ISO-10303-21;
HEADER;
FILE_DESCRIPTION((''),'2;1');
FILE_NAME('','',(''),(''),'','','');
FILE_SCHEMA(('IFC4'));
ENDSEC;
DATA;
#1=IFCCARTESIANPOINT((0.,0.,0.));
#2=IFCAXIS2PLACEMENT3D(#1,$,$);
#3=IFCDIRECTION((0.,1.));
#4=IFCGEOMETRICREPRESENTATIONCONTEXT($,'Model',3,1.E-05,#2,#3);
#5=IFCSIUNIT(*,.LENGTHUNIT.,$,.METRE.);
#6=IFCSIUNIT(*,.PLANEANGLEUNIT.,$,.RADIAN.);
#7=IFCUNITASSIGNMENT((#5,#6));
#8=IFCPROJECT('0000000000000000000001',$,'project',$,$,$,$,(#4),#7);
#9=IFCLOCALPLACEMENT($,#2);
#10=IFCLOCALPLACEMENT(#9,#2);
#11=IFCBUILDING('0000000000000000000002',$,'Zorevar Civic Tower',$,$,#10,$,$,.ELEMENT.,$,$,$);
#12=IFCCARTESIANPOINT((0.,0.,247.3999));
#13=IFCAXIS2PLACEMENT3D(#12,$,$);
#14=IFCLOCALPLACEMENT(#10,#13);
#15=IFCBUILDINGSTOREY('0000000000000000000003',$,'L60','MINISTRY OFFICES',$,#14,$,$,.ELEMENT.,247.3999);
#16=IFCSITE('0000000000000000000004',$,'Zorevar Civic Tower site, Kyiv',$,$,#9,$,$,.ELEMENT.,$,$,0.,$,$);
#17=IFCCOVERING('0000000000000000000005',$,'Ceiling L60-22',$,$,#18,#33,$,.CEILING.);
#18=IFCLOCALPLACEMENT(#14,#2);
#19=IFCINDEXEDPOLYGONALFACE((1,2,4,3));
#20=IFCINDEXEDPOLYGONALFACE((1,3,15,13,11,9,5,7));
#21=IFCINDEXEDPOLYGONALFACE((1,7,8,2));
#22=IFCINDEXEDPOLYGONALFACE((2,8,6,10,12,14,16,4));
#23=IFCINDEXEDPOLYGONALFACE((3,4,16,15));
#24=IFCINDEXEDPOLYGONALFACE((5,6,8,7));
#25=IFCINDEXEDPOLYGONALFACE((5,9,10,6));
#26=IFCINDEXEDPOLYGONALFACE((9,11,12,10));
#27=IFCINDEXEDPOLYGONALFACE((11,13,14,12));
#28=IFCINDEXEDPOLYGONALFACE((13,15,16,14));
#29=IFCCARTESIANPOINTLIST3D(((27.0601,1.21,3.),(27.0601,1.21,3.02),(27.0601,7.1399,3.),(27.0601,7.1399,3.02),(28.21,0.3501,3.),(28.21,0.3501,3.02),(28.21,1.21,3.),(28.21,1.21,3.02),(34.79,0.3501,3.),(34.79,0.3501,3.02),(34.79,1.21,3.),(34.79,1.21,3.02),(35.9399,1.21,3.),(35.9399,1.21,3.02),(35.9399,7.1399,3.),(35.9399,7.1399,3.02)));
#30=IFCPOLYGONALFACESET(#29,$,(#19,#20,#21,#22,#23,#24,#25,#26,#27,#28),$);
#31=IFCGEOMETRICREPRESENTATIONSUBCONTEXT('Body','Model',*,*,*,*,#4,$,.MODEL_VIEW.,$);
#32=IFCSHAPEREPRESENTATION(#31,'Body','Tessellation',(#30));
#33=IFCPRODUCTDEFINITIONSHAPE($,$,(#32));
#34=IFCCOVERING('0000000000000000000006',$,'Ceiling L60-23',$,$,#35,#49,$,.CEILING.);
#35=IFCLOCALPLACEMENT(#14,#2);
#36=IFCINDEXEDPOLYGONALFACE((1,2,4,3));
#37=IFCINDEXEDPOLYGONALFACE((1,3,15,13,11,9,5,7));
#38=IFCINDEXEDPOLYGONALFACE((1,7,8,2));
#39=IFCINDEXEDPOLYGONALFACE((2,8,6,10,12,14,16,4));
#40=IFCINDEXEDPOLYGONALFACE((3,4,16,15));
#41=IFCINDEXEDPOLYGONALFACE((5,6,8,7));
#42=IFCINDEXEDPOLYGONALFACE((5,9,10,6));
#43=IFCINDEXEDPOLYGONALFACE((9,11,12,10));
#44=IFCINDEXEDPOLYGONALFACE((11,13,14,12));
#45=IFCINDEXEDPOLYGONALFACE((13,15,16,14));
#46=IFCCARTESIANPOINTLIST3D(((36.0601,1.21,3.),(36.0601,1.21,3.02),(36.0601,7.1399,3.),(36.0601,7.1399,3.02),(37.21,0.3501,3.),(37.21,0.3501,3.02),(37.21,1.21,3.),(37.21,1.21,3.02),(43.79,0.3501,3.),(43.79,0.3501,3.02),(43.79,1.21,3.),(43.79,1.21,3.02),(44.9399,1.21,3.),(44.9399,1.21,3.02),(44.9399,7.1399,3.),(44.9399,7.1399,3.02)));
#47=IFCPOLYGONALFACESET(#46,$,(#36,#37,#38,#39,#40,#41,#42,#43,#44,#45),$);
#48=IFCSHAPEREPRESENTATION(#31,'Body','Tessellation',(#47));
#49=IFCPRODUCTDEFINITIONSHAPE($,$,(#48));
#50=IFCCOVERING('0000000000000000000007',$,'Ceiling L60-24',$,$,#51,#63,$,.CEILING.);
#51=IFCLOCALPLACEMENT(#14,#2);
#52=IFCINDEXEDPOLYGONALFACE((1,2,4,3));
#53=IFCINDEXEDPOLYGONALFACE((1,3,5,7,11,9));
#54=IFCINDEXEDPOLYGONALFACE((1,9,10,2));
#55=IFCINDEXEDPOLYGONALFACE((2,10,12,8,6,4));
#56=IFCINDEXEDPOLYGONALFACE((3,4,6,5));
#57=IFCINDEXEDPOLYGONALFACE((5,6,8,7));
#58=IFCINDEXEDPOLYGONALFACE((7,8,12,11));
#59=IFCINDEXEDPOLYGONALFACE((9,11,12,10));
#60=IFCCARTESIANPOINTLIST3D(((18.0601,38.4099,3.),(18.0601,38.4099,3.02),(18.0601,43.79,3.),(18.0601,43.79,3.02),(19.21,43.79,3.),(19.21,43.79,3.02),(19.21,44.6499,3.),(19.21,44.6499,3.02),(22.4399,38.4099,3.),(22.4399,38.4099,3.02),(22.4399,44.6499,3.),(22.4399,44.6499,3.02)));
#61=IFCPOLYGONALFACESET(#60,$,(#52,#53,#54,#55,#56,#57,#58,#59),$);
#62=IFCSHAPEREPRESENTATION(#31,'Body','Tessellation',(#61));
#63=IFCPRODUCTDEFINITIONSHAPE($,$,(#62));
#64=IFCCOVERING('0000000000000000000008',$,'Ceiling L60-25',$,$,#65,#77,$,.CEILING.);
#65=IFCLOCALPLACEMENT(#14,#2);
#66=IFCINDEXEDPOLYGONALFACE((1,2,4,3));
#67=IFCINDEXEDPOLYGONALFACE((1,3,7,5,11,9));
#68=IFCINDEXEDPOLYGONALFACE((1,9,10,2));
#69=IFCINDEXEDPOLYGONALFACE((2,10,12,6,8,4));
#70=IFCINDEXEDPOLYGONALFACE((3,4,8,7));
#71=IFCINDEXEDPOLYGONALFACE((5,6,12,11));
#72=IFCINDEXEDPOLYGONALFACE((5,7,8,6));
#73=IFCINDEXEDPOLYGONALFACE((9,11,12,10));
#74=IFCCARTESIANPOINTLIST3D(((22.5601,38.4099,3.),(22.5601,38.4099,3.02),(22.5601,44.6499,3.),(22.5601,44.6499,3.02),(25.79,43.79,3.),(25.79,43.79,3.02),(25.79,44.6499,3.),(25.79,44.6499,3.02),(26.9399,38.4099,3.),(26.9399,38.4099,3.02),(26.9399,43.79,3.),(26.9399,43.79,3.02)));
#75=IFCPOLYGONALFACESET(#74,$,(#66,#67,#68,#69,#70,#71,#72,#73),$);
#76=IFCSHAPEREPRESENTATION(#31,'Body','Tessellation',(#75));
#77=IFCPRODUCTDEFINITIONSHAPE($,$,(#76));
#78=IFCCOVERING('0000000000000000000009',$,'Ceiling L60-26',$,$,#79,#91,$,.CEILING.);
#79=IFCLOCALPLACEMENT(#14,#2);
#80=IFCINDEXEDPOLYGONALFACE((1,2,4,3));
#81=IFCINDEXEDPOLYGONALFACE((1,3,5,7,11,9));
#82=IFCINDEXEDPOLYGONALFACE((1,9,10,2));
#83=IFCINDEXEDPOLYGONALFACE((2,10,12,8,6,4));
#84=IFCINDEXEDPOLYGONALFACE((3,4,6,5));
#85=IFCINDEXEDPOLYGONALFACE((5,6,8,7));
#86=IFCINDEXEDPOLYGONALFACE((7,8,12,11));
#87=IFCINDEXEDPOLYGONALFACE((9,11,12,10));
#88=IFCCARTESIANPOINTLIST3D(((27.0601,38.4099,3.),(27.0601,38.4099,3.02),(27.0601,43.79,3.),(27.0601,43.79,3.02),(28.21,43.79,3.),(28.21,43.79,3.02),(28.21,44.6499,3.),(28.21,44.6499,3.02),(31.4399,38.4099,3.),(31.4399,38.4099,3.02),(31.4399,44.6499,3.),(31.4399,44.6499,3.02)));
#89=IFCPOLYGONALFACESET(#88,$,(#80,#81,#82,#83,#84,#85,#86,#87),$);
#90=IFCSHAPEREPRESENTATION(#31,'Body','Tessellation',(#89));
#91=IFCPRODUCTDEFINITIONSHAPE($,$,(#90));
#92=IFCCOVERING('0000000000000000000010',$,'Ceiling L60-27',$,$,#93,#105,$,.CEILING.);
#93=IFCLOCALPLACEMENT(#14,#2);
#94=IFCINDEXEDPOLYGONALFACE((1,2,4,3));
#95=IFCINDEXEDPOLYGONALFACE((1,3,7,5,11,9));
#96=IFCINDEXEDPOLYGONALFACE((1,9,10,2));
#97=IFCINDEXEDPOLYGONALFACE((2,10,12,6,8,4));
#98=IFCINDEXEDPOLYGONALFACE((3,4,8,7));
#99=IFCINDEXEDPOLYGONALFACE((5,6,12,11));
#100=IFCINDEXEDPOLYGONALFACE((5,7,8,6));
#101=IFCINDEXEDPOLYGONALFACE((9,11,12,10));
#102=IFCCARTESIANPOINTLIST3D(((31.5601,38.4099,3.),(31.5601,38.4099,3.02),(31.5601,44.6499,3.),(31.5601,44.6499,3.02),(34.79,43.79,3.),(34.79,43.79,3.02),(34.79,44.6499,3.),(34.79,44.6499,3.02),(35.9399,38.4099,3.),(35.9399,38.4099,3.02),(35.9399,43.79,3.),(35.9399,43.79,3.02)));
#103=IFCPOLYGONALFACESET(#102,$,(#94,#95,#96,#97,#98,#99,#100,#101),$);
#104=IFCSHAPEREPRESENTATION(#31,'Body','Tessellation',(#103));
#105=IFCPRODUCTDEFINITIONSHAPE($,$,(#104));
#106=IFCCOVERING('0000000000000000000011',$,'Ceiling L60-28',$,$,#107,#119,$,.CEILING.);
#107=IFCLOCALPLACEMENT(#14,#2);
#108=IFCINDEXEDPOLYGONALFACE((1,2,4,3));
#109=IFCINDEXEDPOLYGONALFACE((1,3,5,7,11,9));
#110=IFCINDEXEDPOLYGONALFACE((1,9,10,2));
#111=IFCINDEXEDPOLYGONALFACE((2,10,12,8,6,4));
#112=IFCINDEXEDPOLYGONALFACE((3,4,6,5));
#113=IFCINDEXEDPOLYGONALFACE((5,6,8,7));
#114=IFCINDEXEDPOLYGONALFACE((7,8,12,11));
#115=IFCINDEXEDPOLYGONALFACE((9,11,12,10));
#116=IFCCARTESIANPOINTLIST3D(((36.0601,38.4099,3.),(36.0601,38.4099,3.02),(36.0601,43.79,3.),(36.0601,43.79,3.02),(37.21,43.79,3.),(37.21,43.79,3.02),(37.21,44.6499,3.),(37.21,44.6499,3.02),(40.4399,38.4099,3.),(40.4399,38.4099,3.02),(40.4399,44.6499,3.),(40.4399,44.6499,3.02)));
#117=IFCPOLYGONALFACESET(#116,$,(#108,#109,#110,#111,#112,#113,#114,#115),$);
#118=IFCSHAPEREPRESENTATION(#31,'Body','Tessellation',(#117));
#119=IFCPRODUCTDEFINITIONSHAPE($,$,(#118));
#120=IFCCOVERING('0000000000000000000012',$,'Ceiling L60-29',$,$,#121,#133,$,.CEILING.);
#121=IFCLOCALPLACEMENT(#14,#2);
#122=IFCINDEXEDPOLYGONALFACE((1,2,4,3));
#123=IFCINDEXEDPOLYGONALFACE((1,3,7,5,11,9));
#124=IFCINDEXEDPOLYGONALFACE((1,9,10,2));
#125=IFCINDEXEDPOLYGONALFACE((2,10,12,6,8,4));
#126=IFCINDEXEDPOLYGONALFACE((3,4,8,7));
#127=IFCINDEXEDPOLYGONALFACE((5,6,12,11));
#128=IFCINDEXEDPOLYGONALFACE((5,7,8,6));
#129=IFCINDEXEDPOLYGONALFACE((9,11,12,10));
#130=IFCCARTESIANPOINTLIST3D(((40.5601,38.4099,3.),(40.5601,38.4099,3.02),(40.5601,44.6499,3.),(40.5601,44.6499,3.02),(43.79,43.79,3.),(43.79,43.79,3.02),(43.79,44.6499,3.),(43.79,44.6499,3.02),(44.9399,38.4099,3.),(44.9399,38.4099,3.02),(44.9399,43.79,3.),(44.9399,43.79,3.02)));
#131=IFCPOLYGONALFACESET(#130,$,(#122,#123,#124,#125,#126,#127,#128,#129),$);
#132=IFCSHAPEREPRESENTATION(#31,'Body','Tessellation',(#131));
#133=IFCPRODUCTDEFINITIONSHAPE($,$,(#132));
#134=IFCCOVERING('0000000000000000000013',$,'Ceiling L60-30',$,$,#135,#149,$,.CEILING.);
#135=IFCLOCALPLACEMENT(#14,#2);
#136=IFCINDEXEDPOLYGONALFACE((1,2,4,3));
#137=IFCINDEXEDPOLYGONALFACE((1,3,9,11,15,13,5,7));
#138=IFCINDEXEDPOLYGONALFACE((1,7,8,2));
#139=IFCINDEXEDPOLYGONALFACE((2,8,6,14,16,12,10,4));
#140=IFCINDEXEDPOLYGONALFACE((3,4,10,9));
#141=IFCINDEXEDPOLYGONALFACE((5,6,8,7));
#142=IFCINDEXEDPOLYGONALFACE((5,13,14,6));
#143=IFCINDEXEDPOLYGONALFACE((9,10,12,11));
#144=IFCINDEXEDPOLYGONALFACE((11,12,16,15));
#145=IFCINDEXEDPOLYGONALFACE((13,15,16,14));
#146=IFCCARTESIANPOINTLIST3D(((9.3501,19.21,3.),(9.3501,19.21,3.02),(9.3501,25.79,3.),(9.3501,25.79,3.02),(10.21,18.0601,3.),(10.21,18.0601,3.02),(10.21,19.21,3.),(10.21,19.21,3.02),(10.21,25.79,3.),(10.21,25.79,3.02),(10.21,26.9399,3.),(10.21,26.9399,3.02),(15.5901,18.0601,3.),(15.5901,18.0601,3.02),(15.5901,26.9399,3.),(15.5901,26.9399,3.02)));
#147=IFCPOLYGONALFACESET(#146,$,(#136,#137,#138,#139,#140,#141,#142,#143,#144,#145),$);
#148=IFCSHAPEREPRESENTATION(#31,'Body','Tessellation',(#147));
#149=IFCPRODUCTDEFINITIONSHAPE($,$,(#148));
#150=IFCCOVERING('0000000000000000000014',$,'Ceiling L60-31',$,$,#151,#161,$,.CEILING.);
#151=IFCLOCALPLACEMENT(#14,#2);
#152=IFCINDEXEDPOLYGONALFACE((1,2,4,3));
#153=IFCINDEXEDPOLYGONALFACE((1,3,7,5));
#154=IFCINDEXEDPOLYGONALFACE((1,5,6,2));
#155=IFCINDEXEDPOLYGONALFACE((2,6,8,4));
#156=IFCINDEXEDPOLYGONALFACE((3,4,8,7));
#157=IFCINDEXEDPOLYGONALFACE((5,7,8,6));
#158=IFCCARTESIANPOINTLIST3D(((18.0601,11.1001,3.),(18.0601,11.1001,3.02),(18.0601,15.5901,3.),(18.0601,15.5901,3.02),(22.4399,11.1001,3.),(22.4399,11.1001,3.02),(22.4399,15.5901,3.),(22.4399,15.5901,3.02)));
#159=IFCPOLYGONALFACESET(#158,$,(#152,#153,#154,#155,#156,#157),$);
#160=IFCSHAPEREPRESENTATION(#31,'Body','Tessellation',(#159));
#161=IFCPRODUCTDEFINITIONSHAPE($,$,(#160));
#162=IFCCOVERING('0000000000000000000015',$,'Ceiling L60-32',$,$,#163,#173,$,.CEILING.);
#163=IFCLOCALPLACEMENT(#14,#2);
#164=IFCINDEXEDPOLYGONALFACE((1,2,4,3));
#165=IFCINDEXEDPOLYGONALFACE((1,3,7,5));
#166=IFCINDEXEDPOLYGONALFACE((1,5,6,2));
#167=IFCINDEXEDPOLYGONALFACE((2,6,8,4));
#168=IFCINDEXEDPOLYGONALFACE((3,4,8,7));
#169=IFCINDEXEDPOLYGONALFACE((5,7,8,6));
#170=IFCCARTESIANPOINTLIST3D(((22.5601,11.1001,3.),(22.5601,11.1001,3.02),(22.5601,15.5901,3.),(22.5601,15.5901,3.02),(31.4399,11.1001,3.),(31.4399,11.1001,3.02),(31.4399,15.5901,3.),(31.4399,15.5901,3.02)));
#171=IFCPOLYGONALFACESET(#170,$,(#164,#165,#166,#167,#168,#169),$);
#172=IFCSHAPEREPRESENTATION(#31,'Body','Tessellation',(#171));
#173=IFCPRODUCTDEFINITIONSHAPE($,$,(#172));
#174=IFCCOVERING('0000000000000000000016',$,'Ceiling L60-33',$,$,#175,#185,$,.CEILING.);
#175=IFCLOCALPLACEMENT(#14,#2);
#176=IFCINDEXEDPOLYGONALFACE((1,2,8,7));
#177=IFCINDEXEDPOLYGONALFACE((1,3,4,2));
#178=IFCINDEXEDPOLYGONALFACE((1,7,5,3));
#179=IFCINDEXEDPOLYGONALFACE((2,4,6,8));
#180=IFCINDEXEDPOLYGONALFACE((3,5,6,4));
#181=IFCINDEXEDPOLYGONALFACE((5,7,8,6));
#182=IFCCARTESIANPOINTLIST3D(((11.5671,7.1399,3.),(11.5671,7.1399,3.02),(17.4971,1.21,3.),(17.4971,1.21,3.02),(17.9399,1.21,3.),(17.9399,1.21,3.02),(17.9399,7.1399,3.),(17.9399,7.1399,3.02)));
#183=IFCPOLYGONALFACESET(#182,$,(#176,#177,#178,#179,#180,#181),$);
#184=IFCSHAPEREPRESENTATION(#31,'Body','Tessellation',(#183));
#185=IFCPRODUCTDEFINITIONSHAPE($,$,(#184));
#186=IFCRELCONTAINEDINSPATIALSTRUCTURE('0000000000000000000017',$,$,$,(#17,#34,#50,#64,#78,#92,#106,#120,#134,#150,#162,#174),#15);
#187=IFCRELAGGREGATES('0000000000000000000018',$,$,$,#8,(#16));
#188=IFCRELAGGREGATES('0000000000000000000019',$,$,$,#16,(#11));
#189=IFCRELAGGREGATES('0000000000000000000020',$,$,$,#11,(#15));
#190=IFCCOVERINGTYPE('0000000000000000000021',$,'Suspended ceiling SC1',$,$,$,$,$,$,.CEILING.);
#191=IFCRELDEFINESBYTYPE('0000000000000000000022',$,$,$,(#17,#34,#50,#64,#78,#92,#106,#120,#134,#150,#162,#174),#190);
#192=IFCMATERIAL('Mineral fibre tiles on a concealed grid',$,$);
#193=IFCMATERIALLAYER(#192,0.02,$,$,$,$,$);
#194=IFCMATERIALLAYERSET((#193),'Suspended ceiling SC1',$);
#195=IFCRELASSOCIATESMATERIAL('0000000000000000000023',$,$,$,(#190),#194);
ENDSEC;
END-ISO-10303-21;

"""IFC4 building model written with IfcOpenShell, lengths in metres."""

from ifc_helpers import new_model, si_unit, direction, frame, origin, place, context, subcontext, project, spatial, polyline, outline, extrude, material, layer, layer_set, type_object, element, save


model = new_model("IFC4")

# Units and contexts
model_context = context("Model", 3, precision=1e-05, world=origin(), true_north=direction((0.0, 1.0)))
body_context = subcontext(model_context, "Body", "Model", "MODEL_VIEW")
ifc_project = project(units=[si_unit("LENGTHUNIT", "METRE"), si_unit("PLANEANGLEUNIT", "RADIAN")], contexts=[model_context])

# Site, building, storey
site_placement = place(None, origin())
site = spatial("IfcSite", under=ifc_project, at=site_placement, Name="Zorevar Civic Tower site, Kyiv", CompositionType="ELEMENT", RefElevation=0.0)
building_placement = place(site_placement, origin())
building = spatial("IfcBuilding", under=site, at=building_placement, Name="Zorevar Civic Tower", CompositionType="ELEMENT")
storey_placement = place(building_placement, frame((0.0, 0.0, 247.3999)))
storey = spatial("IfcBuildingStorey", under=building, at=storey_placement, Name="L60", Description="MINISTRY OFFICES", CompositionType="ELEMENT", Elevation=247.3999)

# Coverings
ifc_material_1 = material(Name="Mineral fibre tiles on a concealed grid")
ifc_layer_1 = layer(ifc_material_1, 0.02)
ifc_layer_set_1 = layer_set([ifc_layer_1], Name="Suspended ceiling SC1")
covering_type_1 = type_object("IfcCoveringType", Name="Suspended ceiling SC1", PredefinedType="CEILING", material=ifc_layer_set_1)
covering_1_placement = place(storey_placement, frame((0.0, 0.0, 3.0)))
element("IfcCovering", 1, at=covering_1_placement, inside=storey, type_object=covering_type_1, Name="Ceiling L60-22", PredefinedType="CEILING", context=body_context, shape_type="SweptSolid", body=[
    extrude(outline(polyline([(28.21, 0.3501), (28.21, 1.21), (27.0601, 1.21), (27.0601, 7.1399), (35.9399, 7.1399), (35.9399, 1.21), (34.79, 1.21), (34.79, 0.3501), (28.21, 0.3501)])), origin(), (0.0, 0.0, 1.0), 0.02),
])
covering_2_placement = place(storey_placement, frame((0.0, 0.0, 3.0)))
element("IfcCovering", 2, at=covering_2_placement, inside=storey, type_object=covering_type_1, Name="Ceiling L60-23", PredefinedType="CEILING", context=body_context, shape_type="SweptSolid", body=[
    extrude(outline(polyline([(37.21, 0.3501), (37.21, 1.21), (36.0601, 1.21), (36.0601, 7.1399), (44.9399, 7.1399), (44.9399, 1.21), (43.79, 1.21), (43.79, 0.3501), (37.21, 0.3501)])), origin(), (0.0, 0.0, 1.0), 0.02),
])
covering_3_placement = place(storey_placement, frame((0.0, 0.0, 3.0)))
element("IfcCovering", 3, at=covering_3_placement, inside=storey, type_object=covering_type_1, Name="Ceiling L60-24", PredefinedType="CEILING", context=body_context, shape_type="SweptSolid", body=[
    extrude(outline(polyline([(18.0601, 38.4099), (18.0601, 43.79), (19.21, 43.79), (19.21, 44.6499), (22.4399, 44.6499), (22.4399, 38.4099), (18.0601, 38.4099)])), origin(), (0.0, 0.0, 1.0), 0.02),
])
covering_4_placement = place(storey_placement, frame((0.0, 0.0, 3.0)))
element("IfcCovering", 4, at=covering_4_placement, inside=storey, type_object=covering_type_1, Name="Ceiling L60-25", PredefinedType="CEILING", context=body_context, shape_type="SweptSolid", body=[
    extrude(outline(polyline([(22.5601, 38.4099), (22.5601, 44.6499), (25.79, 44.6499), (25.79, 43.79), (26.9399, 43.79), (26.9399, 38.4099), (22.5601, 38.4099)])), origin(), (0.0, 0.0, 1.0), 0.02),
])
covering_5_placement = place(storey_placement, frame((0.0, 0.0, 3.0)))
element("IfcCovering", 5, at=covering_5_placement, inside=storey, type_object=covering_type_1, Name="Ceiling L60-26", PredefinedType="CEILING", context=body_context, shape_type="SweptSolid", body=[
    extrude(outline(polyline([(27.0601, 38.4099), (27.0601, 43.79), (28.21, 43.79), (28.21, 44.6499), (31.4399, 44.6499), (31.4399, 38.4099), (27.0601, 38.4099)])), origin(), (0.0, 0.0, 1.0), 0.02),
])
covering_6_placement = place(storey_placement, frame((0.0, 0.0, 3.0)))
element("IfcCovering", 6, at=covering_6_placement, inside=storey, type_object=covering_type_1, Name="Ceiling L60-27", PredefinedType="CEILING", context=body_context, shape_type="SweptSolid", body=[
    extrude(outline(polyline([(31.5601, 38.4099), (31.5601, 44.6499), (34.79, 44.6499), (34.79, 43.79), (35.9399, 43.79), (35.9399, 38.4099), (31.5601, 38.4099)])), origin(), (0.0, 0.0, 1.0), 0.02),
])
covering_7_placement = place(storey_placement, frame((0.0, 0.0, 3.0)))
element("IfcCovering", 7, at=covering_7_placement, inside=storey, type_object=covering_type_1, Name="Ceiling L60-28", PredefinedType="CEILING", context=body_context, shape_type="SweptSolid", body=[
    extrude(outline(polyline([(36.0601, 38.4099), (36.0601, 43.79), (37.21, 43.79), (37.21, 44.6499), (40.4399, 44.6499), (40.4399, 38.4099), (36.0601, 38.4099)])), origin(), (0.0, 0.0, 1.0), 0.02),
])
covering_8_placement = place(storey_placement, frame((0.0, 0.0, 3.0)))
element("IfcCovering", 8, at=covering_8_placement, inside=storey, type_object=covering_type_1, Name="Ceiling L60-29", PredefinedType="CEILING", context=body_context, shape_type="SweptSolid", body=[
    extrude(outline(polyline([(40.5601, 38.4099), (40.5601, 44.6499), (43.79, 44.6499), (43.79, 43.79), (44.9399, 43.79), (44.9399, 38.4099), (40.5601, 38.4099)])), origin(), (0.0, 0.0, 1.0), 0.02),
])
covering_9_placement = place(storey_placement, frame((0.0, 0.0, 3.0)))
element("IfcCovering", 9, at=covering_9_placement, inside=storey, type_object=covering_type_1, Name="Ceiling L60-30", PredefinedType="CEILING", context=body_context, shape_type="SweptSolid", body=[
    extrude(outline(polyline([(10.21, 19.21), (9.3501, 19.21), (9.3501, 25.79), (10.21, 25.79), (10.21, 26.9399), (15.5901, 26.9399), (15.5901, 18.0601), (10.21, 18.0601), (10.21, 19.21)])), origin(), (0.0, 0.0, 1.0), 0.02),
])
covering_10_placement = place(storey_placement, frame((0.0, 0.0, 3.0)))
element("IfcCovering", 10, at=covering_10_placement, inside=storey, type_object=covering_type_1, Name="Ceiling L60-31", PredefinedType="CEILING", context=body_context, shape_type="SweptSolid", body=[
    extrude(outline(polyline([(18.0601, 15.5901), (22.4399, 15.5901), (22.4399, 11.1001), (18.0601, 11.1001), (18.0601, 15.5901)])), origin(), (0.0, 0.0, 1.0), 0.02),
])
covering_11_placement = place(storey_placement, frame((0.0, 0.0, 3.0)))
element("IfcCovering", 11, at=covering_11_placement, inside=storey, type_object=covering_type_1, Name="Ceiling L60-32", PredefinedType="CEILING", context=body_context, shape_type="SweptSolid", body=[
    extrude(outline(polyline([(31.4399, 15.5901), (31.4399, 11.1001), (22.5601, 11.1001), (22.5601, 15.5901), (31.4399, 15.5901)])), origin(), (0.0, 0.0, 1.0), 0.02),
])
covering_12_placement = place(storey_placement, frame((0.0, 0.0, 3.0)))
element("IfcCovering", 12, at=covering_12_placement, inside=storey, type_object=covering_type_1, Name="Ceiling L60-33", PredefinedType="CEILING", context=body_context, shape_type="SweptSolid", body=[
    extrude(outline(polyline([(17.9399, 7.1399), (17.9399, 1.21), (17.4971, 1.21), (11.5671, 7.1399), (17.9399, 7.1399)])), origin(), (0.0, 0.0, 1.0), 0.02),
])

save(model, "model.ifc")
